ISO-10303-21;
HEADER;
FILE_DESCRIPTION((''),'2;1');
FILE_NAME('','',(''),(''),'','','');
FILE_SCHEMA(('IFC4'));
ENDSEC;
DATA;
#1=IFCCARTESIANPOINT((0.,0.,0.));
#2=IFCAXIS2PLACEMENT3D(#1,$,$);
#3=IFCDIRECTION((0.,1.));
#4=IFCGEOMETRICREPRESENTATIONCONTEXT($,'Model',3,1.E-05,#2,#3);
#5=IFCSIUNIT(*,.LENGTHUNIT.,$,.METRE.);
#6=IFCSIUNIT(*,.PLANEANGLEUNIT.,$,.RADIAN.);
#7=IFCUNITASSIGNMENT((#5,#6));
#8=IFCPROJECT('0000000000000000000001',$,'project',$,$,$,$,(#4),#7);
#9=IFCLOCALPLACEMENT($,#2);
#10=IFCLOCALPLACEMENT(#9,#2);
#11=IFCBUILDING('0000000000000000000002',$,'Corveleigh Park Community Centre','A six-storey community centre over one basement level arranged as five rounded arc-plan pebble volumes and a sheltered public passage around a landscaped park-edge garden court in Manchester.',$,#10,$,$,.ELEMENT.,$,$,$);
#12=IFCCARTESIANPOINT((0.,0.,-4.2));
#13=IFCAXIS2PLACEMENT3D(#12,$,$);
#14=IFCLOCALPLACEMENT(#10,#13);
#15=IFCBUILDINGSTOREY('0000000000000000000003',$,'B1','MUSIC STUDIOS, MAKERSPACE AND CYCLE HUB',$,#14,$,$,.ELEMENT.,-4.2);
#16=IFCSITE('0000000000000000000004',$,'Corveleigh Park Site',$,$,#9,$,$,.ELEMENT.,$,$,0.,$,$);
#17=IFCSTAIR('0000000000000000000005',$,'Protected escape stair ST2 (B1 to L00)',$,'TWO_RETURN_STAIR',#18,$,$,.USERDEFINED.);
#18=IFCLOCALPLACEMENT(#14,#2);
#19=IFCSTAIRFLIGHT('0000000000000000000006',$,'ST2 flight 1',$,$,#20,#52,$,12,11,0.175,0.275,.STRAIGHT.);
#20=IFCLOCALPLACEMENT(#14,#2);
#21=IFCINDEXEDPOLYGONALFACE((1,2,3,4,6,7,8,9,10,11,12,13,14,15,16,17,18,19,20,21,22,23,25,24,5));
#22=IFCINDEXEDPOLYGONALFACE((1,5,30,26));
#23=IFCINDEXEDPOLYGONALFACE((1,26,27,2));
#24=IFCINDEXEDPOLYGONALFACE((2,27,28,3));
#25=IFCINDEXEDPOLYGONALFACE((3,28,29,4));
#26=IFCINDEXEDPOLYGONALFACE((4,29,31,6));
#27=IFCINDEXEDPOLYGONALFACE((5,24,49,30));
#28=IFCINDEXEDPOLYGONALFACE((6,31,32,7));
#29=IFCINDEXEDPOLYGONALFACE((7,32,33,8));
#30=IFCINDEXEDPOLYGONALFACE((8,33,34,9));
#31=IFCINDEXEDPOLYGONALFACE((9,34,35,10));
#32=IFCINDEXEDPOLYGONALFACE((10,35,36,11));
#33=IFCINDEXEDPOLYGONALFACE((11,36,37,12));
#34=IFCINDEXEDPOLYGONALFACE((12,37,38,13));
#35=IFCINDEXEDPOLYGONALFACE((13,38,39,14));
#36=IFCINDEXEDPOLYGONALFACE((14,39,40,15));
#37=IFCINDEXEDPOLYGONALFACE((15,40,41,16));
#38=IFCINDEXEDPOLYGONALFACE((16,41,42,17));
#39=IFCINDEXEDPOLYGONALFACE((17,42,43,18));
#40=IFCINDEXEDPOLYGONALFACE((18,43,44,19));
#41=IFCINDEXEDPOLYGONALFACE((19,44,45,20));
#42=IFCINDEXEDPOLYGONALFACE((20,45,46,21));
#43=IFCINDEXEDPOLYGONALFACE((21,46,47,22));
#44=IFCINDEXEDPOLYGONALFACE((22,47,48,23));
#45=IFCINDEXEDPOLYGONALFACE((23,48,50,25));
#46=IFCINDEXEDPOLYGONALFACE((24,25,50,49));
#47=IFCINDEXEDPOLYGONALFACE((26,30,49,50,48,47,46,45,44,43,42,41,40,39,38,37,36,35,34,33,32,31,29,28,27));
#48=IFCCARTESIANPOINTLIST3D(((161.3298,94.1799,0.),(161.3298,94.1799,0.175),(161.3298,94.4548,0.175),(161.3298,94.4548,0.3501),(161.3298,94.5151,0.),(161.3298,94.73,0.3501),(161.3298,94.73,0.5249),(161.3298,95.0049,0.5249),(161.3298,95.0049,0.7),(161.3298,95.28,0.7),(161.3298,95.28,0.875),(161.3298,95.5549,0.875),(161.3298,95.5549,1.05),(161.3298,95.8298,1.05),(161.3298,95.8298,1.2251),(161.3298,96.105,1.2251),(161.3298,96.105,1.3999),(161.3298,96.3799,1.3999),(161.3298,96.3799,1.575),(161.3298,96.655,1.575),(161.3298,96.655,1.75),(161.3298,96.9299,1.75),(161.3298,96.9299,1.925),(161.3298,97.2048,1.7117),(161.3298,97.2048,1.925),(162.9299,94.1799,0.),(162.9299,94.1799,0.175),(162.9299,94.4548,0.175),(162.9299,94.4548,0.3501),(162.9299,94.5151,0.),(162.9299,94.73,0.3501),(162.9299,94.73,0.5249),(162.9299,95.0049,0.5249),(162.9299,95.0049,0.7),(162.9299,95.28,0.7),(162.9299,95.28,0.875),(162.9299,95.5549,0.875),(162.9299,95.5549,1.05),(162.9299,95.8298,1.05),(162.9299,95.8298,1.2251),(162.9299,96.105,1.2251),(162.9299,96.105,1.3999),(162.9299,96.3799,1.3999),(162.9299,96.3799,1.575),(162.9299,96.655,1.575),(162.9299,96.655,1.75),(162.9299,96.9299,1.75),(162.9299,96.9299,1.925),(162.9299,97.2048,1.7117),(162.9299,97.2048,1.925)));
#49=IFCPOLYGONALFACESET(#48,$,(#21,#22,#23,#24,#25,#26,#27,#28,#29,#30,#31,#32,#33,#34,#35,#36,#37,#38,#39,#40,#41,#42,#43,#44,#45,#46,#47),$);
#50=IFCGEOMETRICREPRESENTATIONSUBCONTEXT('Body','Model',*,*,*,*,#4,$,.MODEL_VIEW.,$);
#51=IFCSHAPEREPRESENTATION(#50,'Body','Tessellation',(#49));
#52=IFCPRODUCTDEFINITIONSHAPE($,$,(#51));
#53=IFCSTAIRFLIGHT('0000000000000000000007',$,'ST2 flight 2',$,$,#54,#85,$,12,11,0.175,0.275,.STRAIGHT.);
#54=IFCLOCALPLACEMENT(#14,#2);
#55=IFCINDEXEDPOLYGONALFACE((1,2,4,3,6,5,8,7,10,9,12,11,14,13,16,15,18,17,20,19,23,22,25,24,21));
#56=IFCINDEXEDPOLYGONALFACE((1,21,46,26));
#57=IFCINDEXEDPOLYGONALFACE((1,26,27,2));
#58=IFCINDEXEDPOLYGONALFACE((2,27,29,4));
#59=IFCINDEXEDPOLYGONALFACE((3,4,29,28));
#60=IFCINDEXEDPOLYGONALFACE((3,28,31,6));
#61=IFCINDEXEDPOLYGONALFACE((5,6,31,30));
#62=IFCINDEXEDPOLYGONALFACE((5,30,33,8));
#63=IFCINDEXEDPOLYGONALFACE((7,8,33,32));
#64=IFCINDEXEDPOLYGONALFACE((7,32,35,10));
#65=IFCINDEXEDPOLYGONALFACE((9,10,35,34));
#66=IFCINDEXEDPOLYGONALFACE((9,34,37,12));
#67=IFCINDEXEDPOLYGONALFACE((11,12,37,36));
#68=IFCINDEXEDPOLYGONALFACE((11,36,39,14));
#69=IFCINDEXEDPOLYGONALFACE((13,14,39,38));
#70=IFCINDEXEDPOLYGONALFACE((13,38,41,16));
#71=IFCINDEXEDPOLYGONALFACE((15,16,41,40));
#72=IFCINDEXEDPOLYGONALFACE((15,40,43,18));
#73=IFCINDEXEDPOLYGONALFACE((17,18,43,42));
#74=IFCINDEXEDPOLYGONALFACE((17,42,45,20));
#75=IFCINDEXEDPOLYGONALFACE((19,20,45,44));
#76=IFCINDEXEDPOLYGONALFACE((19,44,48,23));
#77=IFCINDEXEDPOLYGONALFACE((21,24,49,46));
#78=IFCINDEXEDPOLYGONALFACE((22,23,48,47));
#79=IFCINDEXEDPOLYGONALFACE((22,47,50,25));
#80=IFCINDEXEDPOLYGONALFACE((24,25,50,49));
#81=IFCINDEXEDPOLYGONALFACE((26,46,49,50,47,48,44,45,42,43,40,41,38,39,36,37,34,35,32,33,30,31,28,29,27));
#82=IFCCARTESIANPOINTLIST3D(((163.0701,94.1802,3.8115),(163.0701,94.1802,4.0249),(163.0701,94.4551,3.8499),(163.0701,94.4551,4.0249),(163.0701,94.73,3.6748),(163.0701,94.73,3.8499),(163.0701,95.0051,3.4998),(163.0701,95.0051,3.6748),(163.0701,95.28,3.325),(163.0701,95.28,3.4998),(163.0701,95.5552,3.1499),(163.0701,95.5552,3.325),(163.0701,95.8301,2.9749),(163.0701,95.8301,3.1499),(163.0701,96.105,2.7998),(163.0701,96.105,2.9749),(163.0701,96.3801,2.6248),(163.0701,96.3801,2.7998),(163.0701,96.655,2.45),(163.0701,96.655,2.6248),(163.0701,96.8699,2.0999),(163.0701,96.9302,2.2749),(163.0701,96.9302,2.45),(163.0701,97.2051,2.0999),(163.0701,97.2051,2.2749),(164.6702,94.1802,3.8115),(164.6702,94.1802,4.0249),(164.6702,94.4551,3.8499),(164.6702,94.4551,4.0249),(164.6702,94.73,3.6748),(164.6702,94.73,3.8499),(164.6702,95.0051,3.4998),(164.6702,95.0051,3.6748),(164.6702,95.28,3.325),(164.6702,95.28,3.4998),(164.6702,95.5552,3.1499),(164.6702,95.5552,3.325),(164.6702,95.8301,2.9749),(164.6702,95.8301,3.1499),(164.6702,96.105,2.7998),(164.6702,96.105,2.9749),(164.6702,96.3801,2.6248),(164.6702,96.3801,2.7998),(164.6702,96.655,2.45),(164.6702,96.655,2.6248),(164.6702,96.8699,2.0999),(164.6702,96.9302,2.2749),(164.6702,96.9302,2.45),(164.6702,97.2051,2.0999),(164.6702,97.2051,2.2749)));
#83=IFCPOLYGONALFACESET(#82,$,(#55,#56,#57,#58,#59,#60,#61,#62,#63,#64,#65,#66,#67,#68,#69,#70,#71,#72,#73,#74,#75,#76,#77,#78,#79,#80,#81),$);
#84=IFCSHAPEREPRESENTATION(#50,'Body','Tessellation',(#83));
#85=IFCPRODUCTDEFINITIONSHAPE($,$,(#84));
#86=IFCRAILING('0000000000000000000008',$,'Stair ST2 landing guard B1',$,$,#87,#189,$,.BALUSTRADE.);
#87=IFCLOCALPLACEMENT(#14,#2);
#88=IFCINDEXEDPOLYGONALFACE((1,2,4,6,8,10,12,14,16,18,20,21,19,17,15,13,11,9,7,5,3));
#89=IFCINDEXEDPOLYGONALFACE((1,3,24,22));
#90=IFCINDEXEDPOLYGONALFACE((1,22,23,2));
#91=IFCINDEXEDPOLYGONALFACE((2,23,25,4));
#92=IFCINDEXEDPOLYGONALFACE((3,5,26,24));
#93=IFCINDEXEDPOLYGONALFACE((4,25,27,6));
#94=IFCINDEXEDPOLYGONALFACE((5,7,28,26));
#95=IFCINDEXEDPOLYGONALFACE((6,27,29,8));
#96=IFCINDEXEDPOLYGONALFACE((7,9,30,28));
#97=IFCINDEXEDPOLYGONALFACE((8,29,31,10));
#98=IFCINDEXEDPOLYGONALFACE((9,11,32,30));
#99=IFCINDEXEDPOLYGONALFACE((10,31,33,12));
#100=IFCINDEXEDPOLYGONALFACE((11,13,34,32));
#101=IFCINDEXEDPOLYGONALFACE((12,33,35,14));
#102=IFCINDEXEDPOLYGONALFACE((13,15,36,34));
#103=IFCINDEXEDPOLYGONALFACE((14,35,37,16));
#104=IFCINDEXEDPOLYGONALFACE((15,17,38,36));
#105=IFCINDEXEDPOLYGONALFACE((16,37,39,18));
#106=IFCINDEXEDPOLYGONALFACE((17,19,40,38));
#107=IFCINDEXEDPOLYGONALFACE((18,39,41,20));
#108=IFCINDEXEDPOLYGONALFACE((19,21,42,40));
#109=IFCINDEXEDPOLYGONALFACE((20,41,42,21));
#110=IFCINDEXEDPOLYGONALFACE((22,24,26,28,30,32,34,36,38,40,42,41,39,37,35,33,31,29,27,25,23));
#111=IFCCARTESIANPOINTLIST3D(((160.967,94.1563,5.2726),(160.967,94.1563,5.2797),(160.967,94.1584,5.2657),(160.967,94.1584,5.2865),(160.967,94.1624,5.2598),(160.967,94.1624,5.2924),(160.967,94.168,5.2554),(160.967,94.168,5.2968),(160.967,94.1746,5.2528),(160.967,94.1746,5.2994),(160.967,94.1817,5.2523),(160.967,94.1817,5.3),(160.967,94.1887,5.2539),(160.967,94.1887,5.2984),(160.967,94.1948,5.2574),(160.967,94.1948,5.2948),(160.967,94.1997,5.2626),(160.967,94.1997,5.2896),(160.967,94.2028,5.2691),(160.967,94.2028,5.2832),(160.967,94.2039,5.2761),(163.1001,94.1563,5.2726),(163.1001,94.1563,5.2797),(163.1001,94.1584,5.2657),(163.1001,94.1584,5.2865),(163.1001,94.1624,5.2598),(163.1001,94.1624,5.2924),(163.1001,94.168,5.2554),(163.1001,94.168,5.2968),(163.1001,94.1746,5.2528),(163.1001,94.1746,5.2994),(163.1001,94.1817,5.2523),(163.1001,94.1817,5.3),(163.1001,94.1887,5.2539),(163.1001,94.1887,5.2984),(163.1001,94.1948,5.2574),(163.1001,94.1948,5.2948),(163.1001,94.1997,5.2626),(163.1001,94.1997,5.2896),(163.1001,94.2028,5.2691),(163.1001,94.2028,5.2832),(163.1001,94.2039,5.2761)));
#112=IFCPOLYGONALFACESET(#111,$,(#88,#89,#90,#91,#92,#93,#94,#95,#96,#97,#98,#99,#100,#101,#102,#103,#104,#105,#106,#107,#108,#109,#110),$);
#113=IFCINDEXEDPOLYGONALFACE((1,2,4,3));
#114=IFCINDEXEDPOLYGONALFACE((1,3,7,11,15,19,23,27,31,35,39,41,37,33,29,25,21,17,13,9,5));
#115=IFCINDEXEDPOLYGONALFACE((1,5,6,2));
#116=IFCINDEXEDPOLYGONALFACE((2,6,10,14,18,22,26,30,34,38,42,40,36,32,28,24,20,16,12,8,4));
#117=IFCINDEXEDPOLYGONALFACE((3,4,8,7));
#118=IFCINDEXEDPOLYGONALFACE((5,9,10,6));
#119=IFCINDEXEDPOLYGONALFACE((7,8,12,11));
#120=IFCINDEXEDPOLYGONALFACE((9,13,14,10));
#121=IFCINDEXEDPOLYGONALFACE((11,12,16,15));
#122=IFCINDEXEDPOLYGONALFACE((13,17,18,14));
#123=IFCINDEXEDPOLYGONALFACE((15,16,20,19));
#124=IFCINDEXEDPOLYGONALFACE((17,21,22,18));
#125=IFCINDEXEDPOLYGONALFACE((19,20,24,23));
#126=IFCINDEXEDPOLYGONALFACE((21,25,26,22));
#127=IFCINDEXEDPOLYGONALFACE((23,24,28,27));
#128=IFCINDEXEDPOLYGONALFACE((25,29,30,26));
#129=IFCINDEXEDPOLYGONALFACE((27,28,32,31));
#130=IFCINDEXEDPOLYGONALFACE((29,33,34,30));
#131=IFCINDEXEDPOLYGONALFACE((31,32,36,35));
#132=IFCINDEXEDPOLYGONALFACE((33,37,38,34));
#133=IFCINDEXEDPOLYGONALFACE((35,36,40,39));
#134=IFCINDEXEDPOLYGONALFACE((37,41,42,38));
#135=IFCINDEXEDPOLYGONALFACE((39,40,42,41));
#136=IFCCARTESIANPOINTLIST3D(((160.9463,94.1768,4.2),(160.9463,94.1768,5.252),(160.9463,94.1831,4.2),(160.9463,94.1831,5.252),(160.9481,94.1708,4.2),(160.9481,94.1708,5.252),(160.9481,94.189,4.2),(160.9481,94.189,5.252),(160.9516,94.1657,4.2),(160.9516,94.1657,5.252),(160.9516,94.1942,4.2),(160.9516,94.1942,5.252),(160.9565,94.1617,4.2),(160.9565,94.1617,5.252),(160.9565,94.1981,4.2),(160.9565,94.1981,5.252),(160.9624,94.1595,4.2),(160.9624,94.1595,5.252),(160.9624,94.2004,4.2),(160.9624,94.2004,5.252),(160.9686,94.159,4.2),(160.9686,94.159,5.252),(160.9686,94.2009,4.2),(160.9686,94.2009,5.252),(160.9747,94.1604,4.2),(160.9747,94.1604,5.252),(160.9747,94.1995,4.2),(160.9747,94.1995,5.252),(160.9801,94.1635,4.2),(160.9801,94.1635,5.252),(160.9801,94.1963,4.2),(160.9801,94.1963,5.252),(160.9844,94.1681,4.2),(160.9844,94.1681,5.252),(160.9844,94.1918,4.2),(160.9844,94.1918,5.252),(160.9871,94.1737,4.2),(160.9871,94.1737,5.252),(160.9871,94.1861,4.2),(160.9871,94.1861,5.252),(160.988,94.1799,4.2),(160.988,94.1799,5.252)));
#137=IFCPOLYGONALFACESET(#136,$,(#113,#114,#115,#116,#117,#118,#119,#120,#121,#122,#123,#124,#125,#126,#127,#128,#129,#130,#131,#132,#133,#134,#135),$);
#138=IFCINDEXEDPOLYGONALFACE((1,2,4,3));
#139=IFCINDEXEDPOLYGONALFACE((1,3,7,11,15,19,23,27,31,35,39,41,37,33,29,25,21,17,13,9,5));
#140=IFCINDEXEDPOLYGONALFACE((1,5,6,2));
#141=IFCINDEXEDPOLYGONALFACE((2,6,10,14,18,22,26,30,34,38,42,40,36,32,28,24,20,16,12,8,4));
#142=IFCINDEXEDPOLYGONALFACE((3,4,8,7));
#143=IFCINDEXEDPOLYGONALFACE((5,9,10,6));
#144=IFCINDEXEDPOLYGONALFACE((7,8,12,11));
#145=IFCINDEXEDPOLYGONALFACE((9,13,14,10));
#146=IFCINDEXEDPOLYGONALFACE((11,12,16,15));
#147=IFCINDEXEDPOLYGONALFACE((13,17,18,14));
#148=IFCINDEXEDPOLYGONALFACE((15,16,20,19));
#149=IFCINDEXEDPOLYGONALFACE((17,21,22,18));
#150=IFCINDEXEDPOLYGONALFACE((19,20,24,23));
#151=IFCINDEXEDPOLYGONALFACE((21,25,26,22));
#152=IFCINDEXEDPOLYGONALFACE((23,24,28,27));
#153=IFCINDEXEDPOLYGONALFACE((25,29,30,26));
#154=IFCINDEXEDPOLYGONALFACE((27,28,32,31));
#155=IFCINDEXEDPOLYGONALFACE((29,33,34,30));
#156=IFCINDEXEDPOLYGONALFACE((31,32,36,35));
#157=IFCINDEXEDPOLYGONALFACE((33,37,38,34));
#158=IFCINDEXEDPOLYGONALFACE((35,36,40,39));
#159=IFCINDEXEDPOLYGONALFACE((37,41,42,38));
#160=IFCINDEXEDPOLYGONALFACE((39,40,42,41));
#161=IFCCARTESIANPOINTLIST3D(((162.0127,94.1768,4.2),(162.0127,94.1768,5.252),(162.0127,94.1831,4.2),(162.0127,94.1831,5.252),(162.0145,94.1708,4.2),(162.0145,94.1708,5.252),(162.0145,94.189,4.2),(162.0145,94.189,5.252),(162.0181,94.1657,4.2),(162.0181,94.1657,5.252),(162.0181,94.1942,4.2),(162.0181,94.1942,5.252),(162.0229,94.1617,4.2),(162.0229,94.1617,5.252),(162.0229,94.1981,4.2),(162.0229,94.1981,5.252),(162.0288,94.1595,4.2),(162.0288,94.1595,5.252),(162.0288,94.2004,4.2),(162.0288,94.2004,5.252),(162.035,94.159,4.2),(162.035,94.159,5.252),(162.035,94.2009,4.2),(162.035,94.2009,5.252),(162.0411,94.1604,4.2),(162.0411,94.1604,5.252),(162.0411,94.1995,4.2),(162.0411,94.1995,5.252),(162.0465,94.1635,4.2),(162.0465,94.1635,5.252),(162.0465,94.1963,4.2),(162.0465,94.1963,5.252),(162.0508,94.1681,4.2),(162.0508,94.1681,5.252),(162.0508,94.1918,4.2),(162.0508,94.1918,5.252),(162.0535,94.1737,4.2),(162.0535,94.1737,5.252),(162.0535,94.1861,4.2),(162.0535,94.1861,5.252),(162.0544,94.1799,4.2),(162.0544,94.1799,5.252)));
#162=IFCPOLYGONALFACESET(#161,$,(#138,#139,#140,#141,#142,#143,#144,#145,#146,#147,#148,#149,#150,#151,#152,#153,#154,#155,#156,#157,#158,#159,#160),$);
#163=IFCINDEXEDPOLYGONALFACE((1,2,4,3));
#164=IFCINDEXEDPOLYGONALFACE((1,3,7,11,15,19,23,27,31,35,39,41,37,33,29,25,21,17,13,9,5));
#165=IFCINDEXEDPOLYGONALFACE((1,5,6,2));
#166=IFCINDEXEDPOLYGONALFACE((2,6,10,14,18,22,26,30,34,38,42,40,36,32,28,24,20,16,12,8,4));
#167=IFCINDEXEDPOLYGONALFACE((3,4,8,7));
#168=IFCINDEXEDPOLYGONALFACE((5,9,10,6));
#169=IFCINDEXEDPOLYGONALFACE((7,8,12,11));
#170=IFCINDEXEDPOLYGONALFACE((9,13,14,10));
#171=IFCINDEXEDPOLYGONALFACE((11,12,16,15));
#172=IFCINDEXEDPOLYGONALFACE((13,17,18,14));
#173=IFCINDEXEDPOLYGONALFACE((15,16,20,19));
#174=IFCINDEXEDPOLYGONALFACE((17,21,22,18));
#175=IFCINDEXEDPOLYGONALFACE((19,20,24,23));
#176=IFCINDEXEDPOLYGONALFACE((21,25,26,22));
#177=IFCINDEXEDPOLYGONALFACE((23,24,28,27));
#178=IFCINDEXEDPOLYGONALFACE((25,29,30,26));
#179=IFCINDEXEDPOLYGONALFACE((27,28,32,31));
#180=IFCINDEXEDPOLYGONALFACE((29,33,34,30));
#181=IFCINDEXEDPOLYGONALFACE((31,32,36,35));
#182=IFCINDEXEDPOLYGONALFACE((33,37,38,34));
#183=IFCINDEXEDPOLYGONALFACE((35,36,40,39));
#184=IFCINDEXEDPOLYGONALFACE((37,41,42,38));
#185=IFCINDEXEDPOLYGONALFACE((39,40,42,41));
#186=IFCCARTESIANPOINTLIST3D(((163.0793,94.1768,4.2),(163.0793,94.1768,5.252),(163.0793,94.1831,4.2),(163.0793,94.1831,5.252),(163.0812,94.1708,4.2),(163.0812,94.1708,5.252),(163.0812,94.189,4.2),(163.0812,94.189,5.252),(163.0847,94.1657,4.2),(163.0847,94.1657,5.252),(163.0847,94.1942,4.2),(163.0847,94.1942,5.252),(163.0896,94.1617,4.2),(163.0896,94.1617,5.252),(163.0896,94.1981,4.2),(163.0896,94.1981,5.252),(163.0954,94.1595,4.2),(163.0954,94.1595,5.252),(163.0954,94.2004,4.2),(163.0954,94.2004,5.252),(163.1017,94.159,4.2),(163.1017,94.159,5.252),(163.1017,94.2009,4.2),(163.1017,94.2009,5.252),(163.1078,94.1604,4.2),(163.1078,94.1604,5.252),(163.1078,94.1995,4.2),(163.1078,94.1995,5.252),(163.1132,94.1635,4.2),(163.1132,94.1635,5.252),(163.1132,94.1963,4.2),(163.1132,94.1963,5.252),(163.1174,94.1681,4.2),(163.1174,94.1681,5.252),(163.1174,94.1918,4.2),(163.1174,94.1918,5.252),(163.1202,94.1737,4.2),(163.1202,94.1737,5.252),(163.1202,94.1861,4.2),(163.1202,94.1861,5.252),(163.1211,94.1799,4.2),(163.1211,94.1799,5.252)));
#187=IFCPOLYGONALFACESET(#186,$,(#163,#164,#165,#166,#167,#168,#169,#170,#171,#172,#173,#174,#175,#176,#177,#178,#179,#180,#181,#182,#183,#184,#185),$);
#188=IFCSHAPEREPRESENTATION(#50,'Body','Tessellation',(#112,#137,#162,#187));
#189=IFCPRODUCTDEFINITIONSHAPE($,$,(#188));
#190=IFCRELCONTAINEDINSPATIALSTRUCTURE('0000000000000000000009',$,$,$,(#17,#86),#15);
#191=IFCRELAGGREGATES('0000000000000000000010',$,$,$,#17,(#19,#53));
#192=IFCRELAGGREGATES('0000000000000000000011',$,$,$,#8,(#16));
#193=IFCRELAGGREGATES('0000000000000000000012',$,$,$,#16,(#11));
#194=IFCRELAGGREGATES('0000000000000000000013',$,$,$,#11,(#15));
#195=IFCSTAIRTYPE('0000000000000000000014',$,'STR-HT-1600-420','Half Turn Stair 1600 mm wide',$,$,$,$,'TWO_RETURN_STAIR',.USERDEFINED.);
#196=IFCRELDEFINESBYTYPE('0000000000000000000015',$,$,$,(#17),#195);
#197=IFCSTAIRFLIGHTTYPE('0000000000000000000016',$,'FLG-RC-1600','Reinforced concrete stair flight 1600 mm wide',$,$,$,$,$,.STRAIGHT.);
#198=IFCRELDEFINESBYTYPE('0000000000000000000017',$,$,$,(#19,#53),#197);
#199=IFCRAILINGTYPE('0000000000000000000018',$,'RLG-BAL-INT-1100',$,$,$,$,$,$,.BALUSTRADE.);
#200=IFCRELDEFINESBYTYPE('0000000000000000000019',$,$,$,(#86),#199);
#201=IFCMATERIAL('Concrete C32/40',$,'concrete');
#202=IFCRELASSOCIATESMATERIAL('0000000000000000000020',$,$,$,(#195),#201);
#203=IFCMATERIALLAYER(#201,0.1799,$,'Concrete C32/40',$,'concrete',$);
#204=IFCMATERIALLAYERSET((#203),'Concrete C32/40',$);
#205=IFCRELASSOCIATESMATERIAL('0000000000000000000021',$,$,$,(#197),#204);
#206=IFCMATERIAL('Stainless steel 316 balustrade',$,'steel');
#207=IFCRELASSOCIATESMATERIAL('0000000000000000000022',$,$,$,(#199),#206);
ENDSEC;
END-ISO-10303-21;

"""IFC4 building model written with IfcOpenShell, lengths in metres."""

from ifc_helpers import new_model, si_unit, direction, frame, origin, origin_2d, place, context, subcontext, project, spatial, polyline, circle, outline, extrude, material, layer, layer_set, type_object, element, aggregate, save


model = new_model("IFC4")

# Units and contexts
model_context = context("Model", 3, precision=1e-05, world=origin(), true_north=direction((0.0, 1.0)))
body_context = subcontext(model_context, "Body", "Model", "MODEL_VIEW")
ifc_project = project(units=[si_unit("LENGTHUNIT", "METRE"), si_unit("PLANEANGLEUNIT", "RADIAN")], contexts=[model_context])

# Site, building, storey
site_placement = place(None, origin())
site = spatial("IfcSite", under=ifc_project, at=site_placement, Name="Corveleigh Park Site", CompositionType="ELEMENT", RefElevation=0.0)
building_placement = place(site_placement, origin())
building = spatial("IfcBuilding", under=site, at=building_placement, Name="Corveleigh Park Community Centre", Description="A six-storey community centre over one basement level arranged as five rounded arc-plan pebble volumes and a sheltered public passage around a landscaped park-edge garden court in Manchester.", CompositionType="ELEMENT")
storey_placement = place(building_placement, frame((0.0, 0.0, -4.2)))
storey = spatial("IfcBuildingStorey", under=building, at=storey_placement, Name="B1", Description="MUSIC STUDIOS, MAKERSPACE AND CYCLE HUB", CompositionType="ELEMENT", Elevation=-4.2)

# Shared definitions
ifc_material_1 = material(Name="Concrete C32/40", Category="concrete")

# Stair, stair flights
stair_type = type_object("IfcStairType", Name="STR-HT-1600-420", Description="Half Turn Stair 1600 mm wide", ElementType="TWO_RETURN_STAIR", PredefinedType="USERDEFINED", material=ifc_material_1)
stair_placement = place(storey_placement, origin())
stair = element("IfcStair", 1, at=stair_placement, inside=storey, type_object=stair_type, Name="Protected escape stair ST2 (B1 to L00)", ObjectType="TWO_RETURN_STAIR", PredefinedType="USERDEFINED")
ifc_layer_1 = layer(ifc_material_1, 0.1799, Name="Concrete C32/40", Category="concrete")
ifc_layer_set_1 = layer_set([ifc_layer_1], Name="Concrete C32/40")
stair_flight_type = type_object("IfcStairFlightType", Name="FLG-RC-1600", Description="Reinforced concrete stair flight 1600 mm wide", PredefinedType="STRAIGHT", material=ifc_layer_set_1)
stair_flight_1_placement = place(storey_placement, frame((162.1299, 94.1799, 0.0), z_axis=(0.0, 0.0, 1.0), x_axis=(0.0, 1.0, 0.0)))
stair_flight_1 = element("IfcStairFlight", 2, at=stair_flight_1_placement, type_object=stair_flight_type, Name="ST2 flight 1", NumberOfRisers=12, NumberOfTreads=11, PredefinedType="STRAIGHT", RiserHeight=0.175, TreadLength=0.275, context=body_context, shape_type="SweptSolid", body=[
    extrude(outline(polyline([(0.0, 0.0), (0.0, 0.175), (0.2749, 0.175), (0.2749, 0.3501), (0.55, 0.3501), (0.55, 0.5249), (0.825, 0.5249), (0.825, 0.7), (1.1001, 0.7), (1.1001, 0.875), (1.375, 0.875), (1.375, 1.05), (1.6499, 1.05), (1.6499, 1.2251), (1.925, 1.2251), (1.925, 1.3999), (2.2, 1.3999), (2.2, 1.575), (2.4751, 1.575), (2.4751, 1.75), (2.75, 1.75), (2.75, 1.925), (3.0249, 1.925), (3.0249, 2.1001), (3.0249, 1.7117), (0.3352, 0.0), (0.0, 0.0)])), frame((0.0, 0.8, 0.0), z_axis=(0.0, -1.0, 0.0), x_axis=(1.0, 0.0, 0.0)), (0.0, 0.0, 1.0), 1.6001),
])
stair_flight_2_placement = place(storey_placement, frame((163.8701, 97.2051, 2.0999), z_axis=(0.0, 0.0, 1.0), x_axis=(0.0, -1.0, 0.0)))
stair_flight_2 = element("IfcStairFlight", 3, at=stair_flight_2_placement, type_object=stair_flight_type, Name="ST2 flight 2", NumberOfRisers=12, NumberOfTreads=11, PredefinedType="STRAIGHT", RiserHeight=0.175, TreadLength=0.275, context=body_context, shape_type="SweptSolid", body=[
    extrude(outline(polyline([(0.0, 0.0), (0.0, 0.175), (0.2749, 0.175), (0.2749, 0.3501), (0.55, 0.3501), (0.55, 0.5249), (0.825, 0.5249), (0.825, 0.7), (1.1001, 0.7), (1.1001, 0.875), (1.375, 0.875), (1.375, 1.05), (1.6499, 1.05), (1.6499, 1.2251), (1.925, 1.2251), (1.925, 1.3999), (2.2, 1.3999), (2.2, 1.575), (2.4751, 1.575), (2.4751, 1.75), (2.75, 1.75), (2.75, 1.925), (3.0249, 1.925), (3.0249, 2.1001), (3.0249, 1.7117), (0.3352, 0.0), (0.0, 0.0)])), frame((0.0, 0.8, 0.0), z_axis=(0.0, -1.0, 0.0), x_axis=(1.0, 0.0, 0.0)), (0.0, 0.0, 1.0), 1.6001),
])
aggregate(stair, [stair_flight_1, stair_flight_2])

# Railing
ifc_material_2 = material(Name="Stainless steel 316 balustrade", Category="steel")
railing_type = type_object("IfcRailingType", Name="RLG-BAL-INT-1100", PredefinedType="BALUSTRADE", material=ifc_material_2)
railing_1_placement = place(storey_placement, frame((160.967, 94.1799, 4.2)))
element("IfcRailing", 4, at=railing_1_placement, inside=storey, type_object=railing_type, Name="Stair ST2 landing guard B1", PredefinedType="BALUSTRADE", context=body_context, shape_type="SweptSolid", body=[
    extrude(circle(Radius=0.0239, at=origin_2d()), frame((0.0, 0.0, 1.0762), z_axis=(1.0, 0.0, 0.0), x_axis=(0.0, 1.0, 0.0)), (0.0, 0.0, 1.0), 2.1331),
    extrude(circle(Radius=0.021, at=origin_2d()), origin(), (0.0, 0.0, 1.0), 1.052),
    extrude(circle(Radius=0.021, at=origin_2d()), frame((1.0664, 0.0, 0.0)), (0.0, 0.0, 1.0), 1.052),
    extrude(circle(Radius=0.021, at=origin_2d()), frame((2.1331, 0.0, 0.0)), (0.0, 0.0, 1.0), 1.052),
])

save(model, "model.ifc")
